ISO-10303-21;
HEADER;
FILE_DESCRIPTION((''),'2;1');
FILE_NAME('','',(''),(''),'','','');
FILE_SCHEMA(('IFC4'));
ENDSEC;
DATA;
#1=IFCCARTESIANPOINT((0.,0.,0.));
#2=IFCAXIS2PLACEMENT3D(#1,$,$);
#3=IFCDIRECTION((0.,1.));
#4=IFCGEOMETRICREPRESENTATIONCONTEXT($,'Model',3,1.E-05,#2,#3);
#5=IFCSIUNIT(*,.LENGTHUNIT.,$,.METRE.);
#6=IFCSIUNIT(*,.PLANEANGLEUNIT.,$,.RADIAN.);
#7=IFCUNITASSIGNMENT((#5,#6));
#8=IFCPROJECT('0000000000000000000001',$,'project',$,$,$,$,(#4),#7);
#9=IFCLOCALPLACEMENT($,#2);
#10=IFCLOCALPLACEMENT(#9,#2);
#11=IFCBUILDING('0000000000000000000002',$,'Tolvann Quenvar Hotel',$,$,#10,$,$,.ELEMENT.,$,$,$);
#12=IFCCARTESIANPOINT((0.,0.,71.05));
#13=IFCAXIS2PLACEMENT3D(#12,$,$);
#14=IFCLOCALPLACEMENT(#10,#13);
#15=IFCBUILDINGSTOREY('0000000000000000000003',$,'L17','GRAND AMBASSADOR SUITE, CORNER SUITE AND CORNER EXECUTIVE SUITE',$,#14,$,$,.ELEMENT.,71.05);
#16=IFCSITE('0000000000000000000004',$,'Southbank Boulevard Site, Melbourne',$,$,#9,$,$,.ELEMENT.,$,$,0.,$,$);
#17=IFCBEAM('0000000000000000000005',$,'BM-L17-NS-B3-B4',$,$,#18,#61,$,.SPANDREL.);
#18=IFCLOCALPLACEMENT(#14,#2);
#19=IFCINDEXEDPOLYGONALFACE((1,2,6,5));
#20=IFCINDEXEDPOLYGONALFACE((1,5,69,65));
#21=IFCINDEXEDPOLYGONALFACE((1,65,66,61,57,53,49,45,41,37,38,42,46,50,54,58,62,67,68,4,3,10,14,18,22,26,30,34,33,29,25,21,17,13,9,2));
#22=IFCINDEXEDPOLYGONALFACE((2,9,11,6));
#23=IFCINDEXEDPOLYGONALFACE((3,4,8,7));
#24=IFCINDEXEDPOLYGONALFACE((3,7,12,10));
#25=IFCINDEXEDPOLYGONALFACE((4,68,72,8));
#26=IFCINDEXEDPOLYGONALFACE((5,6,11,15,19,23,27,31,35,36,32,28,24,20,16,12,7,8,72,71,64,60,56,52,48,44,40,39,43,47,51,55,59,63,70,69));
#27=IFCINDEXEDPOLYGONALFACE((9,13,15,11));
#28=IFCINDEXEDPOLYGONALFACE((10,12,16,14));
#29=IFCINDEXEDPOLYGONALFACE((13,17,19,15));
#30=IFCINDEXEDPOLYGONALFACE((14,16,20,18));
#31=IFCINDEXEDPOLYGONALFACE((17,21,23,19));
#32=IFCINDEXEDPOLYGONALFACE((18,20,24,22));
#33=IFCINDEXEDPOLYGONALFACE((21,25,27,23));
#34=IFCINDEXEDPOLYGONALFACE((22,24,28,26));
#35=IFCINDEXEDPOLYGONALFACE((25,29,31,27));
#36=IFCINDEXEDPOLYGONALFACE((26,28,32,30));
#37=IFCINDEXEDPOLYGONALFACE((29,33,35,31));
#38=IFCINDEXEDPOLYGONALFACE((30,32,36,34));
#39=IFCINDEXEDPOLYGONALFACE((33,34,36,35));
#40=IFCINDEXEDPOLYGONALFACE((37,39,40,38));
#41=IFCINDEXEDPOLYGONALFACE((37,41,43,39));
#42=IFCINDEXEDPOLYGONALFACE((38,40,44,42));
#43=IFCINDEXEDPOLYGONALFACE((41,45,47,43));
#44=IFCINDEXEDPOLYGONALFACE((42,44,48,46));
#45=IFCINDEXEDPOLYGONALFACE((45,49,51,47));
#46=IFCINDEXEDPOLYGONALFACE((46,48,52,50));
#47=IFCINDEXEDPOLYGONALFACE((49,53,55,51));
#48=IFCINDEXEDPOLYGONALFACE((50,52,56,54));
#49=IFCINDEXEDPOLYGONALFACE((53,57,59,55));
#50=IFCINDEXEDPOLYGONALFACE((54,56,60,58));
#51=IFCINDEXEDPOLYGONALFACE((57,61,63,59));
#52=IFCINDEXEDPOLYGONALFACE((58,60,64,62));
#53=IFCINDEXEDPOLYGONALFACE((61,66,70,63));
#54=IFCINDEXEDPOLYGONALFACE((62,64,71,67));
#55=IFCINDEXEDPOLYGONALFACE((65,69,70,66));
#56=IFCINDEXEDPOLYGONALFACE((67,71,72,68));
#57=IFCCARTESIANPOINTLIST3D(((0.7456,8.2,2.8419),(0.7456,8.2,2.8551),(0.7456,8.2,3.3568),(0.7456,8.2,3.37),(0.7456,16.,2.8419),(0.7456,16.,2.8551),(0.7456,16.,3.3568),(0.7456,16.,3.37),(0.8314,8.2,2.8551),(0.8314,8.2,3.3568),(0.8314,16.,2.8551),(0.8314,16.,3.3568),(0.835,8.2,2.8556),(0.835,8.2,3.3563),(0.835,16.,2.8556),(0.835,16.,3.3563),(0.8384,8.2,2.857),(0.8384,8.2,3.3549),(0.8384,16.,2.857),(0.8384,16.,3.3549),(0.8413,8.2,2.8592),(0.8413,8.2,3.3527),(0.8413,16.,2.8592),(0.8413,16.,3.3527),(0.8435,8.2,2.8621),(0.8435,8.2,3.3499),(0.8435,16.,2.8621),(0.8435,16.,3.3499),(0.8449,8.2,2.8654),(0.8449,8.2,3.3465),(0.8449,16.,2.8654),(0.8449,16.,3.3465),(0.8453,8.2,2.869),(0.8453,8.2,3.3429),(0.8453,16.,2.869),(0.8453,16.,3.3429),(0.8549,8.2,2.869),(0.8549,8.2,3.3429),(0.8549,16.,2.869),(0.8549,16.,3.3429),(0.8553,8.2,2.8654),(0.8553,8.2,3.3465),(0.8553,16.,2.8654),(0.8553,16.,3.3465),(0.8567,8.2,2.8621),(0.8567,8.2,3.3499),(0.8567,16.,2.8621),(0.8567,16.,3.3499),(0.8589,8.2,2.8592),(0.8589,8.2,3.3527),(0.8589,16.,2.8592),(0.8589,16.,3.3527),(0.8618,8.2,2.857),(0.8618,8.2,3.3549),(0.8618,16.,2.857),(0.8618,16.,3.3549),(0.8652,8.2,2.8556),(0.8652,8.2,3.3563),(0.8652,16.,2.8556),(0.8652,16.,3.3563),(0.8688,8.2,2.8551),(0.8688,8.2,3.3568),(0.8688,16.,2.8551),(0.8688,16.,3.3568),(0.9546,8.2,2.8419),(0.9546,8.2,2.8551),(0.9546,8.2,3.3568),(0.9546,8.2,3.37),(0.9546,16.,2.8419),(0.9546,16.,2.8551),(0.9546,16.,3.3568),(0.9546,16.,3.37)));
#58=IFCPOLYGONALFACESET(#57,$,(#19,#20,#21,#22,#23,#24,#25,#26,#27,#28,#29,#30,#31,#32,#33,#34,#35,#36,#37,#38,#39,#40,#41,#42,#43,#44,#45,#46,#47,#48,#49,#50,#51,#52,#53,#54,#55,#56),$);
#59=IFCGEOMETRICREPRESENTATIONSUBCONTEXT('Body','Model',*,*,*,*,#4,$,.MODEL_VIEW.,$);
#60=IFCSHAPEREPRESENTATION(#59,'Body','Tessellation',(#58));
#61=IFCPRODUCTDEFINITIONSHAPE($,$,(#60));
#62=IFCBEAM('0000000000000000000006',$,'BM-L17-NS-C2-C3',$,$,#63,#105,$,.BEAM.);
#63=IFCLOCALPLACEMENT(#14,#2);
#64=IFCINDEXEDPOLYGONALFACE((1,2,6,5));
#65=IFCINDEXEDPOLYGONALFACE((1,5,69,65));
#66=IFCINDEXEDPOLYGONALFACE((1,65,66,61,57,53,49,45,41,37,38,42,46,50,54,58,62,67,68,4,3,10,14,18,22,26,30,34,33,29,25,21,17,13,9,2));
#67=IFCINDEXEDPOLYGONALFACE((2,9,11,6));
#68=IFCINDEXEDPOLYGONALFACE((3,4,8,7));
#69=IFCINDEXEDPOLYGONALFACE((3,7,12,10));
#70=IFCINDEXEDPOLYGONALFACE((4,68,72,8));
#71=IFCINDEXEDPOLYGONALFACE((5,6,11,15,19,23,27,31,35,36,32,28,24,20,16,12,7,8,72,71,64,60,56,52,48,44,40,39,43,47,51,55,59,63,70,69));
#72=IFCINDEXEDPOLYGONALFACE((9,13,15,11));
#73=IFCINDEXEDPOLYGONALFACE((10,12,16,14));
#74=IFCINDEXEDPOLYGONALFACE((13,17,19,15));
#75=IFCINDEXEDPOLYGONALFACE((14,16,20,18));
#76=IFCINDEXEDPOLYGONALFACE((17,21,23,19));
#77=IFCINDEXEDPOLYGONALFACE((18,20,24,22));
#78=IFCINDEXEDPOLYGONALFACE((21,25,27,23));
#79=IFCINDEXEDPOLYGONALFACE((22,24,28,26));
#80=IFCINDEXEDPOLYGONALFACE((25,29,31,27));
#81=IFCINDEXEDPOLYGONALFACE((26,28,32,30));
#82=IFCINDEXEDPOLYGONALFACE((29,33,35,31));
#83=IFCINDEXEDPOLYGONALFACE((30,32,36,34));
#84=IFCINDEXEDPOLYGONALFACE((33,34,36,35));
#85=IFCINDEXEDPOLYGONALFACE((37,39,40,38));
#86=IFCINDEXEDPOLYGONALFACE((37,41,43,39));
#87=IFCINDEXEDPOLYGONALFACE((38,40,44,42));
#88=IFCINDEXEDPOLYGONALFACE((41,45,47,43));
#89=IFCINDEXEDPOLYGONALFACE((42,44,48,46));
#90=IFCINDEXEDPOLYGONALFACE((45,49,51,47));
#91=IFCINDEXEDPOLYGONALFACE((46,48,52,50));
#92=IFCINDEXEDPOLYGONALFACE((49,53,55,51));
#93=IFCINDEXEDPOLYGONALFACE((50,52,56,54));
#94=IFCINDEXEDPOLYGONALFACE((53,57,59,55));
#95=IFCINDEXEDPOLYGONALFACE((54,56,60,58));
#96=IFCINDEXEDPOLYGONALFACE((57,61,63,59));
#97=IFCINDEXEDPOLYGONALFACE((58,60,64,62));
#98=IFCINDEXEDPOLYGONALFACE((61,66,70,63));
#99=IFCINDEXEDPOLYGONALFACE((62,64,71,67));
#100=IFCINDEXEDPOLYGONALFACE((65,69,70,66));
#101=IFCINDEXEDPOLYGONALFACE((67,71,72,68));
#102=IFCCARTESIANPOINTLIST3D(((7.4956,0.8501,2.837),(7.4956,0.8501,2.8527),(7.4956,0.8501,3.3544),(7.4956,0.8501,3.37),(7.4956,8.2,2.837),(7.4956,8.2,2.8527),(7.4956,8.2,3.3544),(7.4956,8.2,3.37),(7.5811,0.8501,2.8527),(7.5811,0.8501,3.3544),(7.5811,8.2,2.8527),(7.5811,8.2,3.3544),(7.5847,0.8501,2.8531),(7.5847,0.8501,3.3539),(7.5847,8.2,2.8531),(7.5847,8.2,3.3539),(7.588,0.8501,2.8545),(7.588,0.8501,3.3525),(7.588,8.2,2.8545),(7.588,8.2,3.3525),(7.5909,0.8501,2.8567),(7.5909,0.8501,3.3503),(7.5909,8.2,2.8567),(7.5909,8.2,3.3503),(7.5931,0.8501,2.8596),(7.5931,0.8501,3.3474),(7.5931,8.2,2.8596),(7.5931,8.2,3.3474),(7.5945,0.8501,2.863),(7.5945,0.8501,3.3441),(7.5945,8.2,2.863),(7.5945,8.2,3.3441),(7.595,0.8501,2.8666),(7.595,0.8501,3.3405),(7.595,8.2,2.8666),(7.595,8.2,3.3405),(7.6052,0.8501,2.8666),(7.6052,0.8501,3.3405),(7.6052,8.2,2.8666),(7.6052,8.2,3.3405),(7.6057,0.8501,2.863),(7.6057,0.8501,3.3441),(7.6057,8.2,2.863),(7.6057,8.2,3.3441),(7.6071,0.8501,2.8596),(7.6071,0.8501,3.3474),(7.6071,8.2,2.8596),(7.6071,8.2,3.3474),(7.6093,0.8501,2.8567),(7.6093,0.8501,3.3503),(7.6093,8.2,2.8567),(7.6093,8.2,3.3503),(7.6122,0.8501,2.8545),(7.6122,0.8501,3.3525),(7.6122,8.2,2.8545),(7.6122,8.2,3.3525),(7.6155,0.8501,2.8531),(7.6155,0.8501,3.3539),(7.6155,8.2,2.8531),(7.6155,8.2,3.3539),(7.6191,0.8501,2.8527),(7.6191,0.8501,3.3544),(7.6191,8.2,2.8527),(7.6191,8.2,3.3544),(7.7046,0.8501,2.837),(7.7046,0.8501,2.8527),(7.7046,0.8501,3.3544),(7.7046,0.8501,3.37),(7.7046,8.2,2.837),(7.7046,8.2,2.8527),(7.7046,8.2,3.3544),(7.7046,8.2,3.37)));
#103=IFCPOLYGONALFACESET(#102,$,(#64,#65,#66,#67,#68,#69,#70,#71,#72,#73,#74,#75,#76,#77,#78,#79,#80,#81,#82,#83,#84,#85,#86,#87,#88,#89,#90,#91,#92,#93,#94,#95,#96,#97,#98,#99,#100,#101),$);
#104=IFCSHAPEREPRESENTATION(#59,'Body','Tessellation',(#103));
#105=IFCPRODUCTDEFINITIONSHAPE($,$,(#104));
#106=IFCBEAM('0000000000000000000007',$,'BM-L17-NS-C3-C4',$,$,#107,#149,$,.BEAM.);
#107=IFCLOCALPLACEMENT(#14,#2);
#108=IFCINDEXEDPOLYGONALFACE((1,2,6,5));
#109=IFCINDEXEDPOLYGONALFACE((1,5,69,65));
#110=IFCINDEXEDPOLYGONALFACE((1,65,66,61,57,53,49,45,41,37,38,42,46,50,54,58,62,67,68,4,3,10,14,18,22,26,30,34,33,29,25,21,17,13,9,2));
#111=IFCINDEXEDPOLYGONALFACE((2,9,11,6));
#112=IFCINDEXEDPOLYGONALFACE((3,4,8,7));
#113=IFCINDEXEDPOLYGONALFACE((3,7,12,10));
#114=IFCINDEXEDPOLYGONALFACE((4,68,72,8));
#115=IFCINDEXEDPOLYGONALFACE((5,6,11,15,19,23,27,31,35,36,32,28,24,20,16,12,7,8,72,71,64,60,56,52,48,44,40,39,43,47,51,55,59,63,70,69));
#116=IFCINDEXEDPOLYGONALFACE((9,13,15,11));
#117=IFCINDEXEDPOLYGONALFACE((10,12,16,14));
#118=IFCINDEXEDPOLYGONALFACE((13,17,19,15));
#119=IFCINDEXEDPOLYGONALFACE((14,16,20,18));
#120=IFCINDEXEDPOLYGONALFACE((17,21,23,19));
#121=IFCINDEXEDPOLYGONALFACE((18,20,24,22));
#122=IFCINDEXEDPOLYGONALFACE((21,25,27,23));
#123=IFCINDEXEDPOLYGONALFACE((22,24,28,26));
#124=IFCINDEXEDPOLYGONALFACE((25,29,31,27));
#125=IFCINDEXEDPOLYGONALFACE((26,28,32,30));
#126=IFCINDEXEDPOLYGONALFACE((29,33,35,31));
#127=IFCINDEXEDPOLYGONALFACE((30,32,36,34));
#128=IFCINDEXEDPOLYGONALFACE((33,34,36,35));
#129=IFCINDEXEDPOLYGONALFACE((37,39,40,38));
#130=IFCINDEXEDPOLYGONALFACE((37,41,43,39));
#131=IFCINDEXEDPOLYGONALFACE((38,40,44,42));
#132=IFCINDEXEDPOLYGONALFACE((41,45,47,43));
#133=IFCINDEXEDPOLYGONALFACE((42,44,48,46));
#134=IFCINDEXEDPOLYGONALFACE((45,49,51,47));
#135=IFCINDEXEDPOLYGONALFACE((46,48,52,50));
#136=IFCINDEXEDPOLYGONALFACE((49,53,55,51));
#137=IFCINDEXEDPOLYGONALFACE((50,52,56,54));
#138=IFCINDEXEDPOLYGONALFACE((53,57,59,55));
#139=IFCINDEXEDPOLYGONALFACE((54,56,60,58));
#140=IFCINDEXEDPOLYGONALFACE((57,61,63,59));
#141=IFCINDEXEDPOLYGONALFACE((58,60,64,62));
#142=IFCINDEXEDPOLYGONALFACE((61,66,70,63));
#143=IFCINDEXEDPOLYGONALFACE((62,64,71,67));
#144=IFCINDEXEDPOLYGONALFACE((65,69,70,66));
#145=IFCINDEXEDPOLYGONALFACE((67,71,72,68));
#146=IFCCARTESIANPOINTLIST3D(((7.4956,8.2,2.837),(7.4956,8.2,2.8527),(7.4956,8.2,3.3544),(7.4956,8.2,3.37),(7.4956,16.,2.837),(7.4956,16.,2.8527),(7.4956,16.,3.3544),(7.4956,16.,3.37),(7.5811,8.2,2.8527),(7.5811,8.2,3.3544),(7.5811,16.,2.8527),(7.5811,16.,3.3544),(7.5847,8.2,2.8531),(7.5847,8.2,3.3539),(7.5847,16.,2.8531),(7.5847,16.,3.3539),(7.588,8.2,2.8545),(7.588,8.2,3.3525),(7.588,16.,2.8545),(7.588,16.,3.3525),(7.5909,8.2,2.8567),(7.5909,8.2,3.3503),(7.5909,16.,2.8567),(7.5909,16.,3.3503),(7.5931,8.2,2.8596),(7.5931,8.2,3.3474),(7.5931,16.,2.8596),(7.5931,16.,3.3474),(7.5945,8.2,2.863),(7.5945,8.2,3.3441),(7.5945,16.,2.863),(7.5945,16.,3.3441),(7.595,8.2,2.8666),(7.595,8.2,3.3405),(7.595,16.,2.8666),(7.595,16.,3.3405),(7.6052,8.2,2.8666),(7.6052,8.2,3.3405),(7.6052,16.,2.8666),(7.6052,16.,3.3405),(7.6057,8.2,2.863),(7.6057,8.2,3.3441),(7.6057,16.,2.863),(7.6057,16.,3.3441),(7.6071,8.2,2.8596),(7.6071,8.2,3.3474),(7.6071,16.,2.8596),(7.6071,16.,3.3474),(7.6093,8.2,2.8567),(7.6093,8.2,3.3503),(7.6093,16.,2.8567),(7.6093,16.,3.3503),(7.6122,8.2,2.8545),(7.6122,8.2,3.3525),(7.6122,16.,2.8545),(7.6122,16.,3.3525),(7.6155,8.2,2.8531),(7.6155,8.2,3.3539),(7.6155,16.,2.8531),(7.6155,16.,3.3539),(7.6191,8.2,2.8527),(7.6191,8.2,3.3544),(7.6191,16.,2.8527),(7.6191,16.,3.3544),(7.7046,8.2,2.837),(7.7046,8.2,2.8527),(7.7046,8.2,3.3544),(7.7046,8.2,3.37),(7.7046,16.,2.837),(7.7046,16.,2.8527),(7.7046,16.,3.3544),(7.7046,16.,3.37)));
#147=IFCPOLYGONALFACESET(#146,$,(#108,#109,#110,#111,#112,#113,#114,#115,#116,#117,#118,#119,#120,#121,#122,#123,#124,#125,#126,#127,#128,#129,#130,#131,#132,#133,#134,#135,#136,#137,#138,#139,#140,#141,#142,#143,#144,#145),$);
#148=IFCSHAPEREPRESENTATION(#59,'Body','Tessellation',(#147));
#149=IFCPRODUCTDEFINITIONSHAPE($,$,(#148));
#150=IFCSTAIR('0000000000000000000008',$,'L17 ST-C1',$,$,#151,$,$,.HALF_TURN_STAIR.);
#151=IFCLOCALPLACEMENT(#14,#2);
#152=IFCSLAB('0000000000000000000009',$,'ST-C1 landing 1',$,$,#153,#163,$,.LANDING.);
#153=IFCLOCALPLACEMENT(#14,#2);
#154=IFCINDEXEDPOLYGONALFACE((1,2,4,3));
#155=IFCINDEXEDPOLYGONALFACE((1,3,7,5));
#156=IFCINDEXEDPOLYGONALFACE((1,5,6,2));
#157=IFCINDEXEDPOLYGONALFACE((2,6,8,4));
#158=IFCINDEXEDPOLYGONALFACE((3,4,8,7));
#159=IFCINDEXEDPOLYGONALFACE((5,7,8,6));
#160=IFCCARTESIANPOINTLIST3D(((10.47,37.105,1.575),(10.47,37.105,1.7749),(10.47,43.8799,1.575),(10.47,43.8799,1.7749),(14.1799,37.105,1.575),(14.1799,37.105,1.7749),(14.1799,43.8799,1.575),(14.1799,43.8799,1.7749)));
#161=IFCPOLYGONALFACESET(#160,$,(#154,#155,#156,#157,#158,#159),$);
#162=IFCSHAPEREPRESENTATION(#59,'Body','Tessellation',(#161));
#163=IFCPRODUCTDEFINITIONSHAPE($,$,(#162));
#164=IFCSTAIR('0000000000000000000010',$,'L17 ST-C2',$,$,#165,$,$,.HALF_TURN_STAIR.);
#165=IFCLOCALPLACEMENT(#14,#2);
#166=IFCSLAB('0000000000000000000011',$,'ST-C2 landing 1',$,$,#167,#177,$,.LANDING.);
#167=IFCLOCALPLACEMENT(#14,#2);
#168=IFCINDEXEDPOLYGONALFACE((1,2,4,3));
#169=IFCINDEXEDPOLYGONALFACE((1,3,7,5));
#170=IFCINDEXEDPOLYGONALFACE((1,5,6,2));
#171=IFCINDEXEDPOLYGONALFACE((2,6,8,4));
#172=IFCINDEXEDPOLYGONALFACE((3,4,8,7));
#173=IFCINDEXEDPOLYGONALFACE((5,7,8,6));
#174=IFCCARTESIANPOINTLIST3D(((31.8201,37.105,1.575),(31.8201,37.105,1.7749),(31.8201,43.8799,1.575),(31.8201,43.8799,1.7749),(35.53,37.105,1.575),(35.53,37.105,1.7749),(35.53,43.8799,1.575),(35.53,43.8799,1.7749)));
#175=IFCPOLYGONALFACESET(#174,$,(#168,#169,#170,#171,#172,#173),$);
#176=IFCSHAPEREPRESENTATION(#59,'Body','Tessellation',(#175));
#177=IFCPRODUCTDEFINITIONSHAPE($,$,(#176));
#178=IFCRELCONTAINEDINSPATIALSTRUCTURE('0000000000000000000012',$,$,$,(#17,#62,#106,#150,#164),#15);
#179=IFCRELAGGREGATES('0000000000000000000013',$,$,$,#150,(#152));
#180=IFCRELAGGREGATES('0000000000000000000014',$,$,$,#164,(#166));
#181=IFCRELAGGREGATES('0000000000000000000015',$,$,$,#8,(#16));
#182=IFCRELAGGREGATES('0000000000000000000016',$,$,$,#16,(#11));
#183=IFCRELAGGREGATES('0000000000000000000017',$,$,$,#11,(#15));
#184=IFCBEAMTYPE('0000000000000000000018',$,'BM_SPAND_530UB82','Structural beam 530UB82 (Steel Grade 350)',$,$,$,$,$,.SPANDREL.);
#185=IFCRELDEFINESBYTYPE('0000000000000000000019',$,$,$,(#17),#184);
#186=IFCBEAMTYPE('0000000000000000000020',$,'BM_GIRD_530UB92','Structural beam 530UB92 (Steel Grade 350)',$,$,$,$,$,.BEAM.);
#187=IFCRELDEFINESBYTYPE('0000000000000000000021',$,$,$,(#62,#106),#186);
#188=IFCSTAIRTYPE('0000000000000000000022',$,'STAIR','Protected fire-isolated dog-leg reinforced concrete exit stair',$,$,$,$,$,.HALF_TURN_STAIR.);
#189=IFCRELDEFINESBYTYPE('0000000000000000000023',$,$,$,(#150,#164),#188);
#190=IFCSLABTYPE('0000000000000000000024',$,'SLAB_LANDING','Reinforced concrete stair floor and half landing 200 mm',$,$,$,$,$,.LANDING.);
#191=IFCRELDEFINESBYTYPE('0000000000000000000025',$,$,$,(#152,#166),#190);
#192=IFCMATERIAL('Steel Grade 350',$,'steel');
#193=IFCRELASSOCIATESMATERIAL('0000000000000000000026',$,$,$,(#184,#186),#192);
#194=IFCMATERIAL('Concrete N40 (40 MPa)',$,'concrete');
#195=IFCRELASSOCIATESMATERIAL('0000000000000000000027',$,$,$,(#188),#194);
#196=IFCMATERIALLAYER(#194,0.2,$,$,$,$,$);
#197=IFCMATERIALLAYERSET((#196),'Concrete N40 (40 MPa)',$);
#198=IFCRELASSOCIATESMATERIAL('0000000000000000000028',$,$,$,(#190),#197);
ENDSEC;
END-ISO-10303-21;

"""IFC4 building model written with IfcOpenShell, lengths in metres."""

from ifc_helpers import new_model, si_unit, direction, frame, origin, origin_2d, place, context, subcontext, project, spatial, polyline, i_section, outline, extrude, source, transform, mapped, material, layer, layer_set, material_profile, profile_set, type_object, type_shapes, element, aggregate, save


model = new_model("IFC4")

# Units and contexts
model_context = context("Model", 3, precision=1e-05, world=origin(), true_north=direction((0.0, 1.0)))
body_context = subcontext(model_context, "Body", "Model", "MODEL_VIEW")
ifc_project = project(units=[si_unit("LENGTHUNIT", "METRE"), si_unit("PLANEANGLEUNIT", "RADIAN")], contexts=[model_context])

# Site, building, storey
site_placement = place(None, origin())
site = spatial("IfcSite", under=ifc_project, at=site_placement, Name="Southbank Boulevard Site, Melbourne", CompositionType="ELEMENT", RefElevation=0.0)
building_placement = place(site_placement, origin())
building = spatial("IfcBuilding", under=site, at=building_placement, Name="Tolvann Quenvar Hotel", CompositionType="ELEMENT")
storey_placement = place(building_placement, frame((0.0, 0.0, 71.05)))
storey = spatial("IfcBuildingStorey", under=building, at=storey_placement, Name="L17", Description="GRAND AMBASSADOR SUITE, CORNER SUITE AND CORNER EXECUTIVE SUITE", CompositionType="ELEMENT", Elevation=71.05)

# Shared definitions
ifc_material_1 = material(Name="Steel Grade 350", Category="steel")

# Beams
ifc_material_profile_1 = material_profile(ifc_material_1, i_section(OverallWidth=0.209, OverallDepth=0.5281, WebThickness=0.0095, FlangeThickness=0.0132, FilletRadius=0.0139, at=origin_2d()), Name="530UB82")
ifc_profile_set_1 = profile_set([ifc_material_profile_1], Name="Steel Grade 350")
beam_type_1 = type_object("IfcBeamType", Name="BM_SPAND_530UB82", Description="Structural beam 530UB82 (Steel Grade 350)", PredefinedType="SPANDREL", material=ifc_profile_set_1)
shared_shape_1 = source(origin(), body_context, "Body", "SweptSolid", [
    extrude(i_section(OverallWidth=0.209, OverallDepth=0.5281, WebThickness=0.0095, FlangeThickness=0.0132, FilletRadius=0.0139, at=origin_2d()), origin(), (0.0, 0.0, 1.0), 7.8),
])
beam_1_placement = place(storey_placement, frame((0.8501, 8.2, 3.106), z_axis=(0.0, 1.0, 0.0), x_axis=(-1.0, 0.0, 0.0)))
element("IfcBeam", 1, at=beam_1_placement, inside=storey, type_object=beam_type_1, Name="BM-L17-NS-B3-B4", PredefinedType="SPANDREL", context=body_context, shape_type="MappedRepresentation", body=[
    mapped(shared_shape_1, transform((0.0, 0.0, 0.0), x_axis=(1.0, 0.0, 0.0), y_axis=(0.0, 1.0, 0.0), z_axis=(0.0, 0.0, 1.0), scale=1.0)),
])
ifc_material_profile_2 = material_profile(ifc_material_1, i_section(OverallWidth=0.209, OverallDepth=0.533, WebThickness=0.0103, FlangeThickness=0.0156, FilletRadius=0.0139, at=origin_2d()), Name="530UB92")
ifc_profile_set_2 = profile_set([ifc_material_profile_2], Name="Steel Grade 350")
beam_type_2 = type_object("IfcBeamType", Name="BM_GIRD_530UB92", Description="Structural beam 530UB92 (Steel Grade 350)", PredefinedType="BEAM", material=ifc_profile_set_2)
shared_shape_2 = source(origin(), body_context, "Body", "SweptSolid", [
    extrude(i_section(OverallWidth=0.209, OverallDepth=0.533, WebThickness=0.0103, FlangeThickness=0.0156, FilletRadius=0.0139, at=origin_2d()), origin(), (0.0, 0.0, 1.0), 7.3499),
])
beam_2_placement = place(storey_placement, frame((7.6001, 0.8501, 3.1035), z_axis=(0.0, 1.0, 0.0), x_axis=(-1.0, 0.0, 0.0)))
element("IfcBeam", 2, at=beam_2_placement, inside=storey, type_object=beam_type_2, Name="BM-L17-NS-C2-C3", PredefinedType="BEAM", context=body_context, shape_type="MappedRepresentation", body=[
    mapped(shared_shape_2, transform((0.0, 0.0, 0.0), x_axis=(1.0, 0.0, 0.0), y_axis=(0.0, 1.0, 0.0), z_axis=(0.0, 0.0, 1.0), scale=1.0)),
])
shared_shape_3 = source(origin(), body_context, "Body", "SweptSolid", [
    extrude(i_section(OverallWidth=0.209, OverallDepth=0.533, WebThickness=0.0103, FlangeThickness=0.0156, FilletRadius=0.0139, at=origin_2d()), origin(), (0.0, 0.0, 1.0), 7.8),
])
type_shapes(beam_type_2, [shared_shape_2, shared_shape_3])
beam_3_placement = place(storey_placement, frame((7.6001, 8.2, 3.1035), z_axis=(0.0, 1.0, 0.0), x_axis=(-1.0, 0.0, 0.0)))
element("IfcBeam", 3, at=beam_3_placement, inside=storey, type_object=beam_type_2, Name="BM-L17-NS-C3-C4", PredefinedType="BEAM", context=body_context, shape_type="MappedRepresentation", body=[
    mapped(shared_shape_3, transform((0.0, 0.0, 0.0), x_axis=(1.0, 0.0, 0.0), y_axis=(0.0, 1.0, 0.0), z_axis=(0.0, 0.0, 1.0), scale=1.0)),
])

# Stairs, slabs
ifc_material_2 = material(Name="Concrete N40 (40 MPa)", Category="concrete")
stair_type = type_object("IfcStairType", Name="STAIR", Description="Protected fire-isolated dog-leg reinforced concrete exit stair", PredefinedType="HALF_TURN_STAIR", material=ifc_material_2)
stair_1_placement = place(storey_placement, origin())
stair_1 = element("IfcStair", 4, at=stair_1_placement, inside=storey, type_object=stair_type, Name="L17 ST-C1", PredefinedType="HALF_TURN_STAIR")
ifc_layer_1 = layer(ifc_material_2, 0.2)
ifc_layer_set_1 = layer_set([ifc_layer_1], Name="Concrete N40 (40 MPa)")
slab_type_1 = type_object("IfcSlabType", Name="SLAB_LANDING", Description="Reinforced concrete stair floor and half landing 200 mm", PredefinedType="LANDING", material=ifc_layer_set_1)
slab_1_placement = place(storey_placement, frame((0.0, 0.0, 1.575)))
slab_1 = element("IfcSlab", 5, at=slab_1_placement, type_object=slab_type_1, Name="ST-C1 landing 1", PredefinedType="LANDING", context=body_context, shape_type="SweptSolid", body=[
    extrude(outline(polyline([(14.1799, 37.105), (14.1799, 43.8799), (10.47, 43.8799), (10.47, 37.105), (14.1799, 37.105)])), origin(), (0.0, 0.0, 1.0), 0.2),
])
aggregate(stair_1, [slab_1])
stair_2_placement = place(storey_placement, origin())
stair_2 = element("IfcStair", 6, at=stair_2_placement, inside=storey, type_object=stair_type, Name="L17 ST-C2", PredefinedType="HALF_TURN_STAIR")
slab_2_placement = place(storey_placement, frame((0.0, 0.0, 1.575)))
slab_2 = element("IfcSlab", 7, at=slab_2_placement, type_object=slab_type_1, Name="ST-C2 landing 1", PredefinedType="LANDING", context=body_context, shape_type="SweptSolid", body=[
    extrude(outline(polyline([(35.53, 37.105), (35.53, 43.8799), (31.8201, 43.8799), (31.8201, 37.105), (35.53, 37.105)])), origin(), (0.0, 0.0, 1.0), 0.2),
])
aggregate(stair_2, [slab_2])

save(model, "model.ifc")
